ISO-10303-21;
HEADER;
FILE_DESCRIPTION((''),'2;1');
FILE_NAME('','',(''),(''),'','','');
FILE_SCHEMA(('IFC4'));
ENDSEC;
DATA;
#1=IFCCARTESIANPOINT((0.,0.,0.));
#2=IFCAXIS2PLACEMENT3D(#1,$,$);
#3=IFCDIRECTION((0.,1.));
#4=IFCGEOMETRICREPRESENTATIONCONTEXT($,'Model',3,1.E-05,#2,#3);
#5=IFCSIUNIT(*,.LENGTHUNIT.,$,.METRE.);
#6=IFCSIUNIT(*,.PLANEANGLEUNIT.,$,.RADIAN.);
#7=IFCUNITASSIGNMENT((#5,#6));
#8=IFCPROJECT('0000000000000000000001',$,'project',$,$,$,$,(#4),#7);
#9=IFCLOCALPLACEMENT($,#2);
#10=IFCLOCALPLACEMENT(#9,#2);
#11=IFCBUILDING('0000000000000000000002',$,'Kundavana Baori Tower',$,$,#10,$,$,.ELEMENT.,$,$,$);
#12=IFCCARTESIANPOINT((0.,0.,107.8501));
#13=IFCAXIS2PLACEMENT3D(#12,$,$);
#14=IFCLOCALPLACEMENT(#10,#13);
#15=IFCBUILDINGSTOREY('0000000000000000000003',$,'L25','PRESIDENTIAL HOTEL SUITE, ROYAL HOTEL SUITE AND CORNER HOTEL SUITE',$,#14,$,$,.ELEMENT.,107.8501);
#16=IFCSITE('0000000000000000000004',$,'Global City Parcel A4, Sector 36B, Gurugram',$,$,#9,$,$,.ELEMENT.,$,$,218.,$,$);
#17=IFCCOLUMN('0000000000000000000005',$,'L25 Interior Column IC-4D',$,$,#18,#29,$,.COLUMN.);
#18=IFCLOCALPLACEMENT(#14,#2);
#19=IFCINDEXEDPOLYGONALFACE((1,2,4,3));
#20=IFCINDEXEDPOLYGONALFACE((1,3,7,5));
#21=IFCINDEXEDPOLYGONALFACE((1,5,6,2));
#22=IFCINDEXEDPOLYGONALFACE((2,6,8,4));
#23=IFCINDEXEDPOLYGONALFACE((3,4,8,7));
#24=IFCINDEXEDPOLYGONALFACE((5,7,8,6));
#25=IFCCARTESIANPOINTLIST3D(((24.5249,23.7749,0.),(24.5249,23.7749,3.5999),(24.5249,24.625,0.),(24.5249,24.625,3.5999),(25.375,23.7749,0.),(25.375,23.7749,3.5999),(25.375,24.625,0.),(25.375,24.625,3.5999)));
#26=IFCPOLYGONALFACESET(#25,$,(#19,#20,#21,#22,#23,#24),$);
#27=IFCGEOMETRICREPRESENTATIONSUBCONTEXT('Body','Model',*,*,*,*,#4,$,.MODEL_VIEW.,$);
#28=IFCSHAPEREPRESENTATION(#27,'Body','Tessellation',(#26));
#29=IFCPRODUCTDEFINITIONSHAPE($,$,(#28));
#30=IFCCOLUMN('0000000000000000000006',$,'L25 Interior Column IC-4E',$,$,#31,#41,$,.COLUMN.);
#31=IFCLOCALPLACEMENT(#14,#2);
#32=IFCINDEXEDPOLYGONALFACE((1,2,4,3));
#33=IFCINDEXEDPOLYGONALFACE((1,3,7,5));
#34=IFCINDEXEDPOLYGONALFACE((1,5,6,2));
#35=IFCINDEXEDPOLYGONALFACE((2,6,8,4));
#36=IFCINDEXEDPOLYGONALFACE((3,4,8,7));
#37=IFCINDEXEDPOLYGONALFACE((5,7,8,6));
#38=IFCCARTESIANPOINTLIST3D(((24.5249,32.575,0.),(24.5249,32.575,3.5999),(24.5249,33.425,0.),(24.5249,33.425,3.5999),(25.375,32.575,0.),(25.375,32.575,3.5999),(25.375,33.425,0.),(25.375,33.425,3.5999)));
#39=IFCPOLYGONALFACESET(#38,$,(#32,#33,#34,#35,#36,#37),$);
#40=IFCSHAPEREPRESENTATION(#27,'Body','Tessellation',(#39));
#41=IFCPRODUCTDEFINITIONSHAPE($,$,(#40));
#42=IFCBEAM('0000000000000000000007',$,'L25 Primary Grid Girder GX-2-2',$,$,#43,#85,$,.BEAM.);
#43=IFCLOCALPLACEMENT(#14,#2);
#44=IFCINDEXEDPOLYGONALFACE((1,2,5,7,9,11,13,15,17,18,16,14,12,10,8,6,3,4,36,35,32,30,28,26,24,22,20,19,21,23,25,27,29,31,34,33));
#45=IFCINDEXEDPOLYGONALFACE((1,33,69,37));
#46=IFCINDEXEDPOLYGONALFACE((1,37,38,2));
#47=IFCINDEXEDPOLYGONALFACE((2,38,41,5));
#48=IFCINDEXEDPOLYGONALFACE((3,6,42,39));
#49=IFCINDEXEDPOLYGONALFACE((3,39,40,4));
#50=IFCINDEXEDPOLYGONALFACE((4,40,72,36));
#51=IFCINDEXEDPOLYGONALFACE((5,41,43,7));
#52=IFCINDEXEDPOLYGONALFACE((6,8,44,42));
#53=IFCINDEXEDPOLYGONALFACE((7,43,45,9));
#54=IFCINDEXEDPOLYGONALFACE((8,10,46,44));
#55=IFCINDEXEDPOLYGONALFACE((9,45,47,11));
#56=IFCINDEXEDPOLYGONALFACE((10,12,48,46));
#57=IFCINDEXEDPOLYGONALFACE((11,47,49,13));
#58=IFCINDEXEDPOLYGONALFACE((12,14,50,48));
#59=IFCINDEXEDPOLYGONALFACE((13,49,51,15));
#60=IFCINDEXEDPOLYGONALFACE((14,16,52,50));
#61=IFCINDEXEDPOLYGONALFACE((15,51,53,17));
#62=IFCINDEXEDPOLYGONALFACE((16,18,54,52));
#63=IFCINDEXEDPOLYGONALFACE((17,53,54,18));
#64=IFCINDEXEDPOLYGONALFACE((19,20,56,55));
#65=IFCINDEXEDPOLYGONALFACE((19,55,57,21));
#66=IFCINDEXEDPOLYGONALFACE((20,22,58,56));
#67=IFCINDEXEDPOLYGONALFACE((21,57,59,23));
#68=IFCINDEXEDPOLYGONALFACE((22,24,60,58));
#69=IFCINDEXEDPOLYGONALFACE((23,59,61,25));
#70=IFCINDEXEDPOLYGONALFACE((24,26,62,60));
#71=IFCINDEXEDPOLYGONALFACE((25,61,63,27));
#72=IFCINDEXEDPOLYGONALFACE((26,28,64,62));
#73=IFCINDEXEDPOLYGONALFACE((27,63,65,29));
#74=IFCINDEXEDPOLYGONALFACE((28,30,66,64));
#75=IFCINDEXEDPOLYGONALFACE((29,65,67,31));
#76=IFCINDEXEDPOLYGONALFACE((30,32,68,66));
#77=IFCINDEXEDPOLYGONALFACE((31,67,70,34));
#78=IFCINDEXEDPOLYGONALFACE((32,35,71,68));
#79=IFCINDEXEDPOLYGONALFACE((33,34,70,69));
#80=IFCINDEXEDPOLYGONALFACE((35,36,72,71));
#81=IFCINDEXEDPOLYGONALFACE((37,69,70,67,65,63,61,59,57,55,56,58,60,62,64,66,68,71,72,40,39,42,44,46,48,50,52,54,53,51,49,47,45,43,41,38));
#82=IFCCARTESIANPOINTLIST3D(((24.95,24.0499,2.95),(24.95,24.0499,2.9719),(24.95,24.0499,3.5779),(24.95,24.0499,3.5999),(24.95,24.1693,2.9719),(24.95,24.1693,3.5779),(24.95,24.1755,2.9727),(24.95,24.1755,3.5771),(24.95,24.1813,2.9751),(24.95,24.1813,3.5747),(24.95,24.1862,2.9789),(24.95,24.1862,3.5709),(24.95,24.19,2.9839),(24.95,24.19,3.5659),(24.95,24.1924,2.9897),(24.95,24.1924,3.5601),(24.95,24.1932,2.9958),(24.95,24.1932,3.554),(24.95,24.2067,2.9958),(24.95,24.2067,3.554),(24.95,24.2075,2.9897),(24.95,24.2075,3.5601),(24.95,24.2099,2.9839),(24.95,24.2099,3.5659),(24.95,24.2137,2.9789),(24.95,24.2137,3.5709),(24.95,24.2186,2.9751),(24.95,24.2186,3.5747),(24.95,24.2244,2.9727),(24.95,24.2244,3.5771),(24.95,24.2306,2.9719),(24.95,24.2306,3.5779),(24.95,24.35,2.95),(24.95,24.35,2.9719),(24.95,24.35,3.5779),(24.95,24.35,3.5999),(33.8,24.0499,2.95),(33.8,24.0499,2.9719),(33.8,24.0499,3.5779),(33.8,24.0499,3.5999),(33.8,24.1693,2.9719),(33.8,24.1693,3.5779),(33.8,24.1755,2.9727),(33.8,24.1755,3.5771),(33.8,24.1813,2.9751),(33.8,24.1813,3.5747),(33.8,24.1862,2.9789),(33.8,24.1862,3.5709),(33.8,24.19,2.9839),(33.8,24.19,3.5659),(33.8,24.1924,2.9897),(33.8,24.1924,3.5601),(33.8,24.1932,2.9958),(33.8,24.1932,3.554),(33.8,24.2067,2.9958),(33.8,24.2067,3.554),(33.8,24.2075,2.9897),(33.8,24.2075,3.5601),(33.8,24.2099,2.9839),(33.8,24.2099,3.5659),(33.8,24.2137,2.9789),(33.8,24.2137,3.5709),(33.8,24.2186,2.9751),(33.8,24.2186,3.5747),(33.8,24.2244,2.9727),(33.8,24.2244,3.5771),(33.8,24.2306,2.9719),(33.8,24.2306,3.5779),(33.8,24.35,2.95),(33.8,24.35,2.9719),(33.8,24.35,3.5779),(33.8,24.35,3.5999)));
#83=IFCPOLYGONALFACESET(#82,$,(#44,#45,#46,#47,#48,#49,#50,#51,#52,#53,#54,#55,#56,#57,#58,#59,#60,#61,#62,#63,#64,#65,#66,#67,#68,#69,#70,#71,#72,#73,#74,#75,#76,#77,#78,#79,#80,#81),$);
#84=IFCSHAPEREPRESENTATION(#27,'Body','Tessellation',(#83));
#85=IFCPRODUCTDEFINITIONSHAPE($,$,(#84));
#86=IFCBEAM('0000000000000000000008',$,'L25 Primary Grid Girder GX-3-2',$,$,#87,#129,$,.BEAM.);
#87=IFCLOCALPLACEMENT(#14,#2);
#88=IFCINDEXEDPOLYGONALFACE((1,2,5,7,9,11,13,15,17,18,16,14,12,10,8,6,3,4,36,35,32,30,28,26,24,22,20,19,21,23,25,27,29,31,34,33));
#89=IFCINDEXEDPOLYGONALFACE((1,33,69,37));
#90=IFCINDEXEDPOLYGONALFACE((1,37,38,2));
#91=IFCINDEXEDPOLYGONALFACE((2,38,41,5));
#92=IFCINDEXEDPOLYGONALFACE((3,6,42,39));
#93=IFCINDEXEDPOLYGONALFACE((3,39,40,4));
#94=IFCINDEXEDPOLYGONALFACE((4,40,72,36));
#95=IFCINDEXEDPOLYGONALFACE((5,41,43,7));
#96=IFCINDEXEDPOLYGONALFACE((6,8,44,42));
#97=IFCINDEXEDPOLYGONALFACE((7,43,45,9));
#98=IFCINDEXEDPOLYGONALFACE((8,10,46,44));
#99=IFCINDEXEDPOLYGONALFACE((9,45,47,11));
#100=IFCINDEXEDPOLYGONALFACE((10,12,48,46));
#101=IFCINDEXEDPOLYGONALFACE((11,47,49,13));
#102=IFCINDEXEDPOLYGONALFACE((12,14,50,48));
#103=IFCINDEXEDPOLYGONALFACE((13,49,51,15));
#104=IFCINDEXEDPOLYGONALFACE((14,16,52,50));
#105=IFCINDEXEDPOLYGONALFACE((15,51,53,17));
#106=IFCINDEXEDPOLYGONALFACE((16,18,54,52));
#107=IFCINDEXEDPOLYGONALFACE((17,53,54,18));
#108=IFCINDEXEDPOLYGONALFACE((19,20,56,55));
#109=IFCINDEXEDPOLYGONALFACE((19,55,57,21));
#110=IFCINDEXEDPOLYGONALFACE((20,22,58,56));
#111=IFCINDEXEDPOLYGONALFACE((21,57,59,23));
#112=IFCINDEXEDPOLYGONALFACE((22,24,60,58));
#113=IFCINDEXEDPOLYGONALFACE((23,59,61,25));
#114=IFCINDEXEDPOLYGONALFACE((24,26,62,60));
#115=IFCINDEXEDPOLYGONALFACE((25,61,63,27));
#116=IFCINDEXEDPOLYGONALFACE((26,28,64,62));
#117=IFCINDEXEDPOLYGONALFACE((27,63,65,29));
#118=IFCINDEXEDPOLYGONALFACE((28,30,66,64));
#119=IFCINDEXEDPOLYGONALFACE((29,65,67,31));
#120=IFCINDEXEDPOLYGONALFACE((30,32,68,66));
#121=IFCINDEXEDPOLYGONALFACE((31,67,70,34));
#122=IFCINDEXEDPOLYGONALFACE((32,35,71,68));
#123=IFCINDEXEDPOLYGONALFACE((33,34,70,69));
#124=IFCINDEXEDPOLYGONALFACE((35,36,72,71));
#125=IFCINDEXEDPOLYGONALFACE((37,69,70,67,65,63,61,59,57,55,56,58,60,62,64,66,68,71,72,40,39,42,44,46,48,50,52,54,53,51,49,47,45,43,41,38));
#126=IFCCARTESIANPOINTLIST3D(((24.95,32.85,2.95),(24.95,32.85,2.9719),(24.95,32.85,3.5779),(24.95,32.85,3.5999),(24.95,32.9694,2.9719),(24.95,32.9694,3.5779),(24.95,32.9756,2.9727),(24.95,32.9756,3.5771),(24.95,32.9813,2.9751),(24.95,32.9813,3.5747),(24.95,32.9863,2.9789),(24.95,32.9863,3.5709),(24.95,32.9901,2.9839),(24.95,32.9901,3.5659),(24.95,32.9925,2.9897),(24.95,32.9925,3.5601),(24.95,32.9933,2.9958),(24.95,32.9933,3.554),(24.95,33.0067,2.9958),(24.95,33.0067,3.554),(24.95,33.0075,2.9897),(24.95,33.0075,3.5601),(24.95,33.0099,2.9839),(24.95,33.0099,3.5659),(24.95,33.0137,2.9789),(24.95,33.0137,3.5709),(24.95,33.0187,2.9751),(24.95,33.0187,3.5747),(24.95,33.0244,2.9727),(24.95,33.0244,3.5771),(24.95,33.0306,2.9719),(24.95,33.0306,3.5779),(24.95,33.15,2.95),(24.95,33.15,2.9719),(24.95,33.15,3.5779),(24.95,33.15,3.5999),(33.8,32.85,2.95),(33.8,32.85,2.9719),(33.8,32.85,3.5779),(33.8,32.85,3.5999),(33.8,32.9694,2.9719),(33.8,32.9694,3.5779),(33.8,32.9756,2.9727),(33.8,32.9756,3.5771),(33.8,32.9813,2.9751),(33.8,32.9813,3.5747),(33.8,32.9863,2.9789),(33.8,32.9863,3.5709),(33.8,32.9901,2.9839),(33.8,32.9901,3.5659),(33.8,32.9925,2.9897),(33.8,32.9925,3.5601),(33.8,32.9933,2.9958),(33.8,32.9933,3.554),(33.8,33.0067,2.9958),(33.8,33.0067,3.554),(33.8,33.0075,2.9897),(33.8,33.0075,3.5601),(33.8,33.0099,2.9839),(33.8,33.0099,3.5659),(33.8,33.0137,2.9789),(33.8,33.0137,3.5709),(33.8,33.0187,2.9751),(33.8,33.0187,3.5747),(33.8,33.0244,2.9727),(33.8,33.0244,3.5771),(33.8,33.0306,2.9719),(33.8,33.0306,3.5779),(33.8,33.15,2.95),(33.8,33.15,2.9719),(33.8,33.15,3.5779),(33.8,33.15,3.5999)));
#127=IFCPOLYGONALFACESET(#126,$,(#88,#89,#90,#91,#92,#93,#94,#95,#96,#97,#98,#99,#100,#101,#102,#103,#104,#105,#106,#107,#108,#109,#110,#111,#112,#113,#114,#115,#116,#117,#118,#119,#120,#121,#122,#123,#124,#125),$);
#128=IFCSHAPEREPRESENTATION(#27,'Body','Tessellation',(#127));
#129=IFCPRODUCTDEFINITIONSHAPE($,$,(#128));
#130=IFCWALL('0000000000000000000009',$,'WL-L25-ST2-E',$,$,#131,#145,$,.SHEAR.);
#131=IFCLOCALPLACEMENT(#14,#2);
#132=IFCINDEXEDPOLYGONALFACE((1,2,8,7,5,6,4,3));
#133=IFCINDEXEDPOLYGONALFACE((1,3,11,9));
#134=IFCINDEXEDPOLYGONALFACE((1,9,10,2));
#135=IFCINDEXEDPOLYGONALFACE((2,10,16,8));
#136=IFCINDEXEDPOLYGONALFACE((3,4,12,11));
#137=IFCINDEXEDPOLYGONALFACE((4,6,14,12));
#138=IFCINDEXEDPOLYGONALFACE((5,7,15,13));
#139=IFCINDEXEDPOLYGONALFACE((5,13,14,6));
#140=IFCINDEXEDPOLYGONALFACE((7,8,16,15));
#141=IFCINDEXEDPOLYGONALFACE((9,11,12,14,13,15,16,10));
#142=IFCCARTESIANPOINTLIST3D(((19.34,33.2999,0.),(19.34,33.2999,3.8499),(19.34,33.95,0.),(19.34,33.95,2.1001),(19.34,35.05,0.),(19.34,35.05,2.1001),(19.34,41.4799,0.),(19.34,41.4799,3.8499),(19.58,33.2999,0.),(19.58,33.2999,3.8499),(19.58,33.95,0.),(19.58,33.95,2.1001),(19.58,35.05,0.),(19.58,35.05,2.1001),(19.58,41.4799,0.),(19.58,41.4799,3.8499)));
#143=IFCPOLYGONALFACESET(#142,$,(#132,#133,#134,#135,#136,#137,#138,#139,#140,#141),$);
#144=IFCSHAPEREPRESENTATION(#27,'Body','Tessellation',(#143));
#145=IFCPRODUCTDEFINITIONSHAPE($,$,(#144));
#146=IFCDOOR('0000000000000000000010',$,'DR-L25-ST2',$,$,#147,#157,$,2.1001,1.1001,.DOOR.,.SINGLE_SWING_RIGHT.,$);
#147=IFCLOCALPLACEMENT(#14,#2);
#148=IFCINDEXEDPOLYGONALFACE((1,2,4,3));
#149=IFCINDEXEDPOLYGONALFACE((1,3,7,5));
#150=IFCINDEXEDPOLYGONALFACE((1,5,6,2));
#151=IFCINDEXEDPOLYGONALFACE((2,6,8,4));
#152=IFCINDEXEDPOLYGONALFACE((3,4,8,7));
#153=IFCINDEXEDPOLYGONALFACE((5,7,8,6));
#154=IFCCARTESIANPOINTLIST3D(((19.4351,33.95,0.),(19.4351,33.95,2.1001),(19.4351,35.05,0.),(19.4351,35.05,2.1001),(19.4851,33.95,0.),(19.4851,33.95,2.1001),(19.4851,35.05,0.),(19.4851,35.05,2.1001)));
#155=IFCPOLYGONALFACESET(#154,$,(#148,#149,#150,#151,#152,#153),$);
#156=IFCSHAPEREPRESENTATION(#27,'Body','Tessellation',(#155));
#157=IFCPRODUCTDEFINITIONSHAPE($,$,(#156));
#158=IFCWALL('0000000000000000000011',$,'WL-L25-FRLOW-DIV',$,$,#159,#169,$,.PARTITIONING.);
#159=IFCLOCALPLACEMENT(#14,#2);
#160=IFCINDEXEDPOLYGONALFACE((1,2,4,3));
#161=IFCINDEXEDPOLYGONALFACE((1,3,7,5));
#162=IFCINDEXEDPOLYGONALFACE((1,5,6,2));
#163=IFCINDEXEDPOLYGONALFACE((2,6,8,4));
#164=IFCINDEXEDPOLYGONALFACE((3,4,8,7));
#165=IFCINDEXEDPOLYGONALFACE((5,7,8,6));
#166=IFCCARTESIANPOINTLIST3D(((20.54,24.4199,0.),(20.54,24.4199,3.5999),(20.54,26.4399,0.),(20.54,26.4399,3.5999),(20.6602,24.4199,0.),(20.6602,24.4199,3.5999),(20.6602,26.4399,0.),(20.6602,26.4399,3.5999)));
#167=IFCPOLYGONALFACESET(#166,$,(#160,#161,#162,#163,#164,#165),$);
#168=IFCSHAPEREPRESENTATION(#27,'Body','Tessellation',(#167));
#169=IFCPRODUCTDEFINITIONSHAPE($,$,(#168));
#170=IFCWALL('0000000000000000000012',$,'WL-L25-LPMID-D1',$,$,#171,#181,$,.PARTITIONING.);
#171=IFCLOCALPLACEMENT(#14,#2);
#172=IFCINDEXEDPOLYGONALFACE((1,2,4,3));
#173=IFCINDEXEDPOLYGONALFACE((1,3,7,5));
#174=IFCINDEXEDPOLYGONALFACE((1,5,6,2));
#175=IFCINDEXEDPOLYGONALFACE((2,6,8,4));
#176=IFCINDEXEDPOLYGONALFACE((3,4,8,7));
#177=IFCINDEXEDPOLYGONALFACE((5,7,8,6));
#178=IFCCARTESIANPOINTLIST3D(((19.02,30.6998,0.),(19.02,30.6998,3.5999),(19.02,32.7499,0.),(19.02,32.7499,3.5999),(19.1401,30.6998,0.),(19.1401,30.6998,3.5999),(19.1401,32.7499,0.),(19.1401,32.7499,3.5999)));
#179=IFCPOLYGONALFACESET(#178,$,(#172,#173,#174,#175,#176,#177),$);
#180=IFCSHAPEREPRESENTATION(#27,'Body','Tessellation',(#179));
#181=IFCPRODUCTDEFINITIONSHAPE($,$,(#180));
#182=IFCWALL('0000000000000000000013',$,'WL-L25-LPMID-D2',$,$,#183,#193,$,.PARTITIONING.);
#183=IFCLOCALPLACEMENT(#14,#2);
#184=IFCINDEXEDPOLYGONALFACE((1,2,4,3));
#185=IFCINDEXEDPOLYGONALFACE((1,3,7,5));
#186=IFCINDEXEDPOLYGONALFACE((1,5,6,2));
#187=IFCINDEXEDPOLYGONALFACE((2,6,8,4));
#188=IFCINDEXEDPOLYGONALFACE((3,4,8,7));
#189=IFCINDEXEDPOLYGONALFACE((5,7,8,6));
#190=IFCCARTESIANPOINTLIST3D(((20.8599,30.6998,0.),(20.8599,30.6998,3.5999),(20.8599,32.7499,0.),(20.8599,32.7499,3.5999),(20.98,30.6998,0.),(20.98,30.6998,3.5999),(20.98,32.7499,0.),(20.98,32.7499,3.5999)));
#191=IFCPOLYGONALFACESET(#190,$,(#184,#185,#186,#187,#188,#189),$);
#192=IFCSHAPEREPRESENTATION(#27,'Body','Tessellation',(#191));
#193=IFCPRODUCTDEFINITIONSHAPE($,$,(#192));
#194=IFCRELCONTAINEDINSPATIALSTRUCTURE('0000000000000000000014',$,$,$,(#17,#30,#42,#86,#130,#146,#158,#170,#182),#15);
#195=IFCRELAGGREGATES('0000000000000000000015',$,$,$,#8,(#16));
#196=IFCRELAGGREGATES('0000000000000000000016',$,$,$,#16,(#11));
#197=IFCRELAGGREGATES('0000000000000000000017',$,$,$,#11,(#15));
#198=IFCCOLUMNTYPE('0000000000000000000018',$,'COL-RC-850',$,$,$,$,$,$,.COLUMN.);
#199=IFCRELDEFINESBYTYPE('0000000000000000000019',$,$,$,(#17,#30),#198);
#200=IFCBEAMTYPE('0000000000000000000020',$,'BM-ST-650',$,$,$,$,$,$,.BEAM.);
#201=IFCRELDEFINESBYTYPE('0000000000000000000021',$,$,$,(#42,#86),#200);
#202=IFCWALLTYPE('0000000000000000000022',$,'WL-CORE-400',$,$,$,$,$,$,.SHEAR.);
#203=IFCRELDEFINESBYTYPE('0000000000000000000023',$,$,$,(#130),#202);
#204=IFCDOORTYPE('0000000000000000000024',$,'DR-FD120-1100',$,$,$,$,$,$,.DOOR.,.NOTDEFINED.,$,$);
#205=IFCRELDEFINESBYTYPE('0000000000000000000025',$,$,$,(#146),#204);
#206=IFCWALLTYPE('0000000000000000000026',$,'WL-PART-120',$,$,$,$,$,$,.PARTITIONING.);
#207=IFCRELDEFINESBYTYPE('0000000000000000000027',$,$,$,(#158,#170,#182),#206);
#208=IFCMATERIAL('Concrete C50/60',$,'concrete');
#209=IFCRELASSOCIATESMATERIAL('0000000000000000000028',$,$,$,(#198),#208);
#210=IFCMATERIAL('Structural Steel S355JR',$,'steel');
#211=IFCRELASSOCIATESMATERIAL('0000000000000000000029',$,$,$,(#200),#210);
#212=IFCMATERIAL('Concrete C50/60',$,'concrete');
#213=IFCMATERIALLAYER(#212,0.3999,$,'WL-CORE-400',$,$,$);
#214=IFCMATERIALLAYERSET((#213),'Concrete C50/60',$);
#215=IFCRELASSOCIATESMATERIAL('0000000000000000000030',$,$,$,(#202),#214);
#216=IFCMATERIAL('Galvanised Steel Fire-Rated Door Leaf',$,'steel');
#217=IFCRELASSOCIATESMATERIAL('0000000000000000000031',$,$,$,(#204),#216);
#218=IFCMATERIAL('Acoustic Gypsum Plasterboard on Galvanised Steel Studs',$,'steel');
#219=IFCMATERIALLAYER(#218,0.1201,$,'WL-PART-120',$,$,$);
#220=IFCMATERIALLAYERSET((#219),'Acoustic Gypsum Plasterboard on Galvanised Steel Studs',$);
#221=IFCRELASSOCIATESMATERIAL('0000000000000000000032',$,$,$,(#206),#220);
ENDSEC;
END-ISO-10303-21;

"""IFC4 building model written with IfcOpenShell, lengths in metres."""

from ifc_helpers import new_model, si_unit, direction, frame, frame_2d, origin, origin_2d, place, context, subcontext, project, spatial, rectangle, i_section, extrude, material, layer, layer_set, material_profile, profile_set, type_object, element, fill, save


model = new_model("IFC4")

# Units and contexts
model_context = context("Model", 3, precision=1e-05, world=origin(), true_north=direction((0.0, 1.0)))
body_context = subcontext(model_context, "Body", "Model", "MODEL_VIEW")
ifc_project = project(units=[si_unit("LENGTHUNIT", "METRE"), si_unit("PLANEANGLEUNIT", "RADIAN")], contexts=[model_context])

# Site, building, storey
site_placement = place(None, origin())
site = spatial("IfcSite", under=ifc_project, at=site_placement, Name="Global City Parcel A4, Sector 36B, Gurugram", CompositionType="ELEMENT", RefElevation=218.0)
building_placement = place(site_placement, origin())
building = spatial("IfcBuilding", under=site, at=building_placement, Name="Kundavana Baori Tower", CompositionType="ELEMENT")
storey_placement = place(building_placement, frame((0.0, 0.0, 107.8501)))
storey = spatial("IfcBuildingStorey", under=building, at=storey_placement, Name="L25", Description="PRESIDENTIAL HOTEL SUITE, ROYAL HOTEL SUITE AND CORNER HOTEL SUITE", CompositionType="ELEMENT", Elevation=107.8501)

# Columns
ifc_material_1 = material(Name="Concrete C50/60", Category="concrete")
ifc_material_profile_1 = material_profile(ifc_material_1, rectangle(XDim=0.8501, YDim=0.8501, at=origin_2d()), Name="RC 850x850")
ifc_profile_set_1 = profile_set([ifc_material_profile_1], Name="Concrete C50/60")
column_type = type_object("IfcColumnType", Name="COL-RC-850", PredefinedType="COLUMN", material=ifc_profile_set_1)
for number, where, z_axis, x_axis, name in (
    (1, (24.95, 24.2, 0.0), (0.0, 0.0, 1.0), (1.0, 0.0, 0.0), "L25 Interior Column IC-4D"),
    (2, (24.95, 33.0, 0.0), (0.0, 0.0, 1.0), (1.0, 0.0, 0.0), "L25 Interior Column IC-4E"),
):
    element("IfcColumn", number, at=place(storey_placement, frame(where, z_axis=z_axis, x_axis=x_axis)), inside=storey, type_object=column_type, Name=name, PredefinedType="COLUMN", context=body_context, shape_type="SweptSolid", body=[
        extrude(rectangle(XDim=0.8501, YDim=0.8501, at=origin_2d()), origin(), (0.0, 0.0, 1.0), 3.5999),
    ])

# Beams
ifc_material_2 = material(Name="Structural Steel S355JR", Category="steel")
ifc_material_profile_2 = material_profile(ifc_material_2, i_section(OverallWidth=0.3, OverallDepth=0.6499, WebThickness=0.0134, FlangeThickness=0.022, FilletRadius=0.0239, at=origin_2d()), Name="NPB 650x300x155")
ifc_profile_set_2 = profile_set([ifc_material_profile_2], Name="Structural Steel S355JR")
beam_type = type_object("IfcBeamType", Name="BM-ST-650", PredefinedType="BEAM", material=ifc_profile_set_2)
for number, where, z_axis, x_axis, name in (
    (3, (24.95, 24.2, 3.2749), (1.0, 0.0, 0.0), (0.0, 1.0, 0.0), "L25 Primary Grid Girder GX-2-2"),
    (4, (24.95, 33.0, 3.2749), (1.0, 0.0, 0.0), (0.0, 1.0, 0.0), "L25 Primary Grid Girder GX-3-2"),
):
    element("IfcBeam", number, at=place(storey_placement, frame(where, z_axis=z_axis, x_axis=x_axis)), inside=storey, type_object=beam_type, Name=name, PredefinedType="BEAM", context=body_context, shape_type="SweptSolid", body=[
        extrude(i_section(OverallWidth=0.3, OverallDepth=0.6499, WebThickness=0.0134, FlangeThickness=0.022, FilletRadius=0.0239, at=origin_2d()), origin(), (0.0, 0.0, 1.0), 8.8501),
    ])

# Wall, opening, door
ifc_material_3 = material(Name="Concrete C50/60", Category="concrete")
ifc_layer_1 = layer(ifc_material_3, 0.3999, Name="WL-CORE-400")
ifc_layer_set_1 = layer_set([ifc_layer_1], Name="Concrete C50/60")
wall_type_1 = type_object("IfcWallType", Name="WL-CORE-400", PredefinedType="SHEAR", material=ifc_layer_set_1)
wall_1_placement = place(storey_placement, frame((19.46, 33.3, 0.0), z_axis=(0.0, 0.0, 1.0), x_axis=(0.0, 1.0, 0.0)))
wall_1 = element("IfcWall", 5, at=wall_1_placement, inside=storey, type_object=wall_type_1, Name="WL-L25-ST2-E", PredefinedType="SHEAR", context=body_context, shape_type="SweptSolid", body=[
    extrude(rectangle(XDim=8.1799, YDim=0.24, at=frame_2d((4.0898, 0.0))), origin(), (0.0, 0.0, 1.0), 3.8499),
])
opening_1_placement = place(wall_1_placement, frame((0.6499, 0.0, 0.0)))
opening_1 = element("IfcOpeningElement", 6, at=opening_1_placement, cuts=wall_1, PredefinedType="OPENING", context=body_context, shape_type="SweptSolid", body=[
    extrude(rectangle(XDim=1.1001, YDim=2.1001, at=frame_2d((0.55, 1.05))), frame((0.0, 0.1299, 0.0), z_axis=(0.0, -1.0, 0.0), x_axis=(1.0, 0.0, 0.0)), (0.0, 0.0, 1.0), 0.26),
])
ifc_material_4 = material(Name="Galvanised Steel Fire-Rated Door Leaf", Category="steel")
door_type_1 = type_object("IfcDoorType", Name="DR-FD120-1100", OperationType="NOTDEFINED", PredefinedType="DOOR", material=ifc_material_4)
door_1_placement = place(opening_1_placement, origin())
door_1 = element("IfcDoor", 7, at=door_1_placement, inside=storey, type_object=door_type_1, Name="DR-L25-ST2", OperationType="SINGLE_SWING_RIGHT", OverallHeight=2.1001, OverallWidth=1.1001, PredefinedType="DOOR", context=body_context, shape_type="SweptSolid", body=[
    extrude(rectangle(XDim=1.1001, YDim=2.1001, at=frame_2d((0.55, 1.05))), frame((0.0, 0.0249, 0.0), z_axis=(0.0, -1.0, 0.0), x_axis=(1.0, 0.0, 0.0)), (0.0, 0.0, 1.0), 0.05),
])
fill(opening_1, door_1)

# Walls
ifc_material_5 = material(Name="Acoustic Gypsum Plasterboard on Galvanised Steel Studs", Category="steel")
ifc_layer_2 = layer(ifc_material_5, 0.1201, Name="WL-PART-120")
ifc_layer_set_2 = layer_set([ifc_layer_2], Name="Acoustic Gypsum Plasterboard on Galvanised Steel Studs")
wall_type_2 = type_object("IfcWallType", Name="WL-PART-120", PredefinedType="PARTITIONING", material=ifc_layer_set_2)
wall_2_placement = place(storey_placement, frame((20.6001, 24.4199, 0.0), z_axis=(0.0, 0.0, 1.0), x_axis=(0.0, 1.0, 0.0)))
element("IfcWall", 8, at=wall_2_placement, inside=storey, type_object=wall_type_2, Name="WL-L25-FRLOW-DIV", PredefinedType="PARTITIONING", context=body_context, shape_type="SweptSolid", body=[
    extrude(rectangle(XDim=2.02, YDim=0.1201, at=frame_2d((1.01, 0.0))), origin(), (0.0, 0.0, 1.0), 3.5999),
])
for number, where, z_axis, x_axis, name in (
    (9, (19.0801, 30.7, 0.0), (0.0, 0.0, 1.0), (0.0, 1.0, 0.0), "WL-L25-LPMID-D1"),
    (10, (20.9199, 30.7, 0.0), (0.0, 0.0, 1.0), (0.0, 1.0, 0.0), "WL-L25-LPMID-D2"),
):
    element("IfcWall", number, at=place(storey_placement, frame(where, z_axis=z_axis, x_axis=x_axis)), inside=storey, type_object=wall_type_2, Name=name, PredefinedType="PARTITIONING", context=body_context, shape_type="SweptSolid", body=[
        extrude(rectangle(XDim=2.05, YDim=0.1201, at=frame_2d((1.0249, 0.0))), origin(), (0.0, 0.0, 1.0), 3.5999),
    ])

save(model, "model.ifc")
